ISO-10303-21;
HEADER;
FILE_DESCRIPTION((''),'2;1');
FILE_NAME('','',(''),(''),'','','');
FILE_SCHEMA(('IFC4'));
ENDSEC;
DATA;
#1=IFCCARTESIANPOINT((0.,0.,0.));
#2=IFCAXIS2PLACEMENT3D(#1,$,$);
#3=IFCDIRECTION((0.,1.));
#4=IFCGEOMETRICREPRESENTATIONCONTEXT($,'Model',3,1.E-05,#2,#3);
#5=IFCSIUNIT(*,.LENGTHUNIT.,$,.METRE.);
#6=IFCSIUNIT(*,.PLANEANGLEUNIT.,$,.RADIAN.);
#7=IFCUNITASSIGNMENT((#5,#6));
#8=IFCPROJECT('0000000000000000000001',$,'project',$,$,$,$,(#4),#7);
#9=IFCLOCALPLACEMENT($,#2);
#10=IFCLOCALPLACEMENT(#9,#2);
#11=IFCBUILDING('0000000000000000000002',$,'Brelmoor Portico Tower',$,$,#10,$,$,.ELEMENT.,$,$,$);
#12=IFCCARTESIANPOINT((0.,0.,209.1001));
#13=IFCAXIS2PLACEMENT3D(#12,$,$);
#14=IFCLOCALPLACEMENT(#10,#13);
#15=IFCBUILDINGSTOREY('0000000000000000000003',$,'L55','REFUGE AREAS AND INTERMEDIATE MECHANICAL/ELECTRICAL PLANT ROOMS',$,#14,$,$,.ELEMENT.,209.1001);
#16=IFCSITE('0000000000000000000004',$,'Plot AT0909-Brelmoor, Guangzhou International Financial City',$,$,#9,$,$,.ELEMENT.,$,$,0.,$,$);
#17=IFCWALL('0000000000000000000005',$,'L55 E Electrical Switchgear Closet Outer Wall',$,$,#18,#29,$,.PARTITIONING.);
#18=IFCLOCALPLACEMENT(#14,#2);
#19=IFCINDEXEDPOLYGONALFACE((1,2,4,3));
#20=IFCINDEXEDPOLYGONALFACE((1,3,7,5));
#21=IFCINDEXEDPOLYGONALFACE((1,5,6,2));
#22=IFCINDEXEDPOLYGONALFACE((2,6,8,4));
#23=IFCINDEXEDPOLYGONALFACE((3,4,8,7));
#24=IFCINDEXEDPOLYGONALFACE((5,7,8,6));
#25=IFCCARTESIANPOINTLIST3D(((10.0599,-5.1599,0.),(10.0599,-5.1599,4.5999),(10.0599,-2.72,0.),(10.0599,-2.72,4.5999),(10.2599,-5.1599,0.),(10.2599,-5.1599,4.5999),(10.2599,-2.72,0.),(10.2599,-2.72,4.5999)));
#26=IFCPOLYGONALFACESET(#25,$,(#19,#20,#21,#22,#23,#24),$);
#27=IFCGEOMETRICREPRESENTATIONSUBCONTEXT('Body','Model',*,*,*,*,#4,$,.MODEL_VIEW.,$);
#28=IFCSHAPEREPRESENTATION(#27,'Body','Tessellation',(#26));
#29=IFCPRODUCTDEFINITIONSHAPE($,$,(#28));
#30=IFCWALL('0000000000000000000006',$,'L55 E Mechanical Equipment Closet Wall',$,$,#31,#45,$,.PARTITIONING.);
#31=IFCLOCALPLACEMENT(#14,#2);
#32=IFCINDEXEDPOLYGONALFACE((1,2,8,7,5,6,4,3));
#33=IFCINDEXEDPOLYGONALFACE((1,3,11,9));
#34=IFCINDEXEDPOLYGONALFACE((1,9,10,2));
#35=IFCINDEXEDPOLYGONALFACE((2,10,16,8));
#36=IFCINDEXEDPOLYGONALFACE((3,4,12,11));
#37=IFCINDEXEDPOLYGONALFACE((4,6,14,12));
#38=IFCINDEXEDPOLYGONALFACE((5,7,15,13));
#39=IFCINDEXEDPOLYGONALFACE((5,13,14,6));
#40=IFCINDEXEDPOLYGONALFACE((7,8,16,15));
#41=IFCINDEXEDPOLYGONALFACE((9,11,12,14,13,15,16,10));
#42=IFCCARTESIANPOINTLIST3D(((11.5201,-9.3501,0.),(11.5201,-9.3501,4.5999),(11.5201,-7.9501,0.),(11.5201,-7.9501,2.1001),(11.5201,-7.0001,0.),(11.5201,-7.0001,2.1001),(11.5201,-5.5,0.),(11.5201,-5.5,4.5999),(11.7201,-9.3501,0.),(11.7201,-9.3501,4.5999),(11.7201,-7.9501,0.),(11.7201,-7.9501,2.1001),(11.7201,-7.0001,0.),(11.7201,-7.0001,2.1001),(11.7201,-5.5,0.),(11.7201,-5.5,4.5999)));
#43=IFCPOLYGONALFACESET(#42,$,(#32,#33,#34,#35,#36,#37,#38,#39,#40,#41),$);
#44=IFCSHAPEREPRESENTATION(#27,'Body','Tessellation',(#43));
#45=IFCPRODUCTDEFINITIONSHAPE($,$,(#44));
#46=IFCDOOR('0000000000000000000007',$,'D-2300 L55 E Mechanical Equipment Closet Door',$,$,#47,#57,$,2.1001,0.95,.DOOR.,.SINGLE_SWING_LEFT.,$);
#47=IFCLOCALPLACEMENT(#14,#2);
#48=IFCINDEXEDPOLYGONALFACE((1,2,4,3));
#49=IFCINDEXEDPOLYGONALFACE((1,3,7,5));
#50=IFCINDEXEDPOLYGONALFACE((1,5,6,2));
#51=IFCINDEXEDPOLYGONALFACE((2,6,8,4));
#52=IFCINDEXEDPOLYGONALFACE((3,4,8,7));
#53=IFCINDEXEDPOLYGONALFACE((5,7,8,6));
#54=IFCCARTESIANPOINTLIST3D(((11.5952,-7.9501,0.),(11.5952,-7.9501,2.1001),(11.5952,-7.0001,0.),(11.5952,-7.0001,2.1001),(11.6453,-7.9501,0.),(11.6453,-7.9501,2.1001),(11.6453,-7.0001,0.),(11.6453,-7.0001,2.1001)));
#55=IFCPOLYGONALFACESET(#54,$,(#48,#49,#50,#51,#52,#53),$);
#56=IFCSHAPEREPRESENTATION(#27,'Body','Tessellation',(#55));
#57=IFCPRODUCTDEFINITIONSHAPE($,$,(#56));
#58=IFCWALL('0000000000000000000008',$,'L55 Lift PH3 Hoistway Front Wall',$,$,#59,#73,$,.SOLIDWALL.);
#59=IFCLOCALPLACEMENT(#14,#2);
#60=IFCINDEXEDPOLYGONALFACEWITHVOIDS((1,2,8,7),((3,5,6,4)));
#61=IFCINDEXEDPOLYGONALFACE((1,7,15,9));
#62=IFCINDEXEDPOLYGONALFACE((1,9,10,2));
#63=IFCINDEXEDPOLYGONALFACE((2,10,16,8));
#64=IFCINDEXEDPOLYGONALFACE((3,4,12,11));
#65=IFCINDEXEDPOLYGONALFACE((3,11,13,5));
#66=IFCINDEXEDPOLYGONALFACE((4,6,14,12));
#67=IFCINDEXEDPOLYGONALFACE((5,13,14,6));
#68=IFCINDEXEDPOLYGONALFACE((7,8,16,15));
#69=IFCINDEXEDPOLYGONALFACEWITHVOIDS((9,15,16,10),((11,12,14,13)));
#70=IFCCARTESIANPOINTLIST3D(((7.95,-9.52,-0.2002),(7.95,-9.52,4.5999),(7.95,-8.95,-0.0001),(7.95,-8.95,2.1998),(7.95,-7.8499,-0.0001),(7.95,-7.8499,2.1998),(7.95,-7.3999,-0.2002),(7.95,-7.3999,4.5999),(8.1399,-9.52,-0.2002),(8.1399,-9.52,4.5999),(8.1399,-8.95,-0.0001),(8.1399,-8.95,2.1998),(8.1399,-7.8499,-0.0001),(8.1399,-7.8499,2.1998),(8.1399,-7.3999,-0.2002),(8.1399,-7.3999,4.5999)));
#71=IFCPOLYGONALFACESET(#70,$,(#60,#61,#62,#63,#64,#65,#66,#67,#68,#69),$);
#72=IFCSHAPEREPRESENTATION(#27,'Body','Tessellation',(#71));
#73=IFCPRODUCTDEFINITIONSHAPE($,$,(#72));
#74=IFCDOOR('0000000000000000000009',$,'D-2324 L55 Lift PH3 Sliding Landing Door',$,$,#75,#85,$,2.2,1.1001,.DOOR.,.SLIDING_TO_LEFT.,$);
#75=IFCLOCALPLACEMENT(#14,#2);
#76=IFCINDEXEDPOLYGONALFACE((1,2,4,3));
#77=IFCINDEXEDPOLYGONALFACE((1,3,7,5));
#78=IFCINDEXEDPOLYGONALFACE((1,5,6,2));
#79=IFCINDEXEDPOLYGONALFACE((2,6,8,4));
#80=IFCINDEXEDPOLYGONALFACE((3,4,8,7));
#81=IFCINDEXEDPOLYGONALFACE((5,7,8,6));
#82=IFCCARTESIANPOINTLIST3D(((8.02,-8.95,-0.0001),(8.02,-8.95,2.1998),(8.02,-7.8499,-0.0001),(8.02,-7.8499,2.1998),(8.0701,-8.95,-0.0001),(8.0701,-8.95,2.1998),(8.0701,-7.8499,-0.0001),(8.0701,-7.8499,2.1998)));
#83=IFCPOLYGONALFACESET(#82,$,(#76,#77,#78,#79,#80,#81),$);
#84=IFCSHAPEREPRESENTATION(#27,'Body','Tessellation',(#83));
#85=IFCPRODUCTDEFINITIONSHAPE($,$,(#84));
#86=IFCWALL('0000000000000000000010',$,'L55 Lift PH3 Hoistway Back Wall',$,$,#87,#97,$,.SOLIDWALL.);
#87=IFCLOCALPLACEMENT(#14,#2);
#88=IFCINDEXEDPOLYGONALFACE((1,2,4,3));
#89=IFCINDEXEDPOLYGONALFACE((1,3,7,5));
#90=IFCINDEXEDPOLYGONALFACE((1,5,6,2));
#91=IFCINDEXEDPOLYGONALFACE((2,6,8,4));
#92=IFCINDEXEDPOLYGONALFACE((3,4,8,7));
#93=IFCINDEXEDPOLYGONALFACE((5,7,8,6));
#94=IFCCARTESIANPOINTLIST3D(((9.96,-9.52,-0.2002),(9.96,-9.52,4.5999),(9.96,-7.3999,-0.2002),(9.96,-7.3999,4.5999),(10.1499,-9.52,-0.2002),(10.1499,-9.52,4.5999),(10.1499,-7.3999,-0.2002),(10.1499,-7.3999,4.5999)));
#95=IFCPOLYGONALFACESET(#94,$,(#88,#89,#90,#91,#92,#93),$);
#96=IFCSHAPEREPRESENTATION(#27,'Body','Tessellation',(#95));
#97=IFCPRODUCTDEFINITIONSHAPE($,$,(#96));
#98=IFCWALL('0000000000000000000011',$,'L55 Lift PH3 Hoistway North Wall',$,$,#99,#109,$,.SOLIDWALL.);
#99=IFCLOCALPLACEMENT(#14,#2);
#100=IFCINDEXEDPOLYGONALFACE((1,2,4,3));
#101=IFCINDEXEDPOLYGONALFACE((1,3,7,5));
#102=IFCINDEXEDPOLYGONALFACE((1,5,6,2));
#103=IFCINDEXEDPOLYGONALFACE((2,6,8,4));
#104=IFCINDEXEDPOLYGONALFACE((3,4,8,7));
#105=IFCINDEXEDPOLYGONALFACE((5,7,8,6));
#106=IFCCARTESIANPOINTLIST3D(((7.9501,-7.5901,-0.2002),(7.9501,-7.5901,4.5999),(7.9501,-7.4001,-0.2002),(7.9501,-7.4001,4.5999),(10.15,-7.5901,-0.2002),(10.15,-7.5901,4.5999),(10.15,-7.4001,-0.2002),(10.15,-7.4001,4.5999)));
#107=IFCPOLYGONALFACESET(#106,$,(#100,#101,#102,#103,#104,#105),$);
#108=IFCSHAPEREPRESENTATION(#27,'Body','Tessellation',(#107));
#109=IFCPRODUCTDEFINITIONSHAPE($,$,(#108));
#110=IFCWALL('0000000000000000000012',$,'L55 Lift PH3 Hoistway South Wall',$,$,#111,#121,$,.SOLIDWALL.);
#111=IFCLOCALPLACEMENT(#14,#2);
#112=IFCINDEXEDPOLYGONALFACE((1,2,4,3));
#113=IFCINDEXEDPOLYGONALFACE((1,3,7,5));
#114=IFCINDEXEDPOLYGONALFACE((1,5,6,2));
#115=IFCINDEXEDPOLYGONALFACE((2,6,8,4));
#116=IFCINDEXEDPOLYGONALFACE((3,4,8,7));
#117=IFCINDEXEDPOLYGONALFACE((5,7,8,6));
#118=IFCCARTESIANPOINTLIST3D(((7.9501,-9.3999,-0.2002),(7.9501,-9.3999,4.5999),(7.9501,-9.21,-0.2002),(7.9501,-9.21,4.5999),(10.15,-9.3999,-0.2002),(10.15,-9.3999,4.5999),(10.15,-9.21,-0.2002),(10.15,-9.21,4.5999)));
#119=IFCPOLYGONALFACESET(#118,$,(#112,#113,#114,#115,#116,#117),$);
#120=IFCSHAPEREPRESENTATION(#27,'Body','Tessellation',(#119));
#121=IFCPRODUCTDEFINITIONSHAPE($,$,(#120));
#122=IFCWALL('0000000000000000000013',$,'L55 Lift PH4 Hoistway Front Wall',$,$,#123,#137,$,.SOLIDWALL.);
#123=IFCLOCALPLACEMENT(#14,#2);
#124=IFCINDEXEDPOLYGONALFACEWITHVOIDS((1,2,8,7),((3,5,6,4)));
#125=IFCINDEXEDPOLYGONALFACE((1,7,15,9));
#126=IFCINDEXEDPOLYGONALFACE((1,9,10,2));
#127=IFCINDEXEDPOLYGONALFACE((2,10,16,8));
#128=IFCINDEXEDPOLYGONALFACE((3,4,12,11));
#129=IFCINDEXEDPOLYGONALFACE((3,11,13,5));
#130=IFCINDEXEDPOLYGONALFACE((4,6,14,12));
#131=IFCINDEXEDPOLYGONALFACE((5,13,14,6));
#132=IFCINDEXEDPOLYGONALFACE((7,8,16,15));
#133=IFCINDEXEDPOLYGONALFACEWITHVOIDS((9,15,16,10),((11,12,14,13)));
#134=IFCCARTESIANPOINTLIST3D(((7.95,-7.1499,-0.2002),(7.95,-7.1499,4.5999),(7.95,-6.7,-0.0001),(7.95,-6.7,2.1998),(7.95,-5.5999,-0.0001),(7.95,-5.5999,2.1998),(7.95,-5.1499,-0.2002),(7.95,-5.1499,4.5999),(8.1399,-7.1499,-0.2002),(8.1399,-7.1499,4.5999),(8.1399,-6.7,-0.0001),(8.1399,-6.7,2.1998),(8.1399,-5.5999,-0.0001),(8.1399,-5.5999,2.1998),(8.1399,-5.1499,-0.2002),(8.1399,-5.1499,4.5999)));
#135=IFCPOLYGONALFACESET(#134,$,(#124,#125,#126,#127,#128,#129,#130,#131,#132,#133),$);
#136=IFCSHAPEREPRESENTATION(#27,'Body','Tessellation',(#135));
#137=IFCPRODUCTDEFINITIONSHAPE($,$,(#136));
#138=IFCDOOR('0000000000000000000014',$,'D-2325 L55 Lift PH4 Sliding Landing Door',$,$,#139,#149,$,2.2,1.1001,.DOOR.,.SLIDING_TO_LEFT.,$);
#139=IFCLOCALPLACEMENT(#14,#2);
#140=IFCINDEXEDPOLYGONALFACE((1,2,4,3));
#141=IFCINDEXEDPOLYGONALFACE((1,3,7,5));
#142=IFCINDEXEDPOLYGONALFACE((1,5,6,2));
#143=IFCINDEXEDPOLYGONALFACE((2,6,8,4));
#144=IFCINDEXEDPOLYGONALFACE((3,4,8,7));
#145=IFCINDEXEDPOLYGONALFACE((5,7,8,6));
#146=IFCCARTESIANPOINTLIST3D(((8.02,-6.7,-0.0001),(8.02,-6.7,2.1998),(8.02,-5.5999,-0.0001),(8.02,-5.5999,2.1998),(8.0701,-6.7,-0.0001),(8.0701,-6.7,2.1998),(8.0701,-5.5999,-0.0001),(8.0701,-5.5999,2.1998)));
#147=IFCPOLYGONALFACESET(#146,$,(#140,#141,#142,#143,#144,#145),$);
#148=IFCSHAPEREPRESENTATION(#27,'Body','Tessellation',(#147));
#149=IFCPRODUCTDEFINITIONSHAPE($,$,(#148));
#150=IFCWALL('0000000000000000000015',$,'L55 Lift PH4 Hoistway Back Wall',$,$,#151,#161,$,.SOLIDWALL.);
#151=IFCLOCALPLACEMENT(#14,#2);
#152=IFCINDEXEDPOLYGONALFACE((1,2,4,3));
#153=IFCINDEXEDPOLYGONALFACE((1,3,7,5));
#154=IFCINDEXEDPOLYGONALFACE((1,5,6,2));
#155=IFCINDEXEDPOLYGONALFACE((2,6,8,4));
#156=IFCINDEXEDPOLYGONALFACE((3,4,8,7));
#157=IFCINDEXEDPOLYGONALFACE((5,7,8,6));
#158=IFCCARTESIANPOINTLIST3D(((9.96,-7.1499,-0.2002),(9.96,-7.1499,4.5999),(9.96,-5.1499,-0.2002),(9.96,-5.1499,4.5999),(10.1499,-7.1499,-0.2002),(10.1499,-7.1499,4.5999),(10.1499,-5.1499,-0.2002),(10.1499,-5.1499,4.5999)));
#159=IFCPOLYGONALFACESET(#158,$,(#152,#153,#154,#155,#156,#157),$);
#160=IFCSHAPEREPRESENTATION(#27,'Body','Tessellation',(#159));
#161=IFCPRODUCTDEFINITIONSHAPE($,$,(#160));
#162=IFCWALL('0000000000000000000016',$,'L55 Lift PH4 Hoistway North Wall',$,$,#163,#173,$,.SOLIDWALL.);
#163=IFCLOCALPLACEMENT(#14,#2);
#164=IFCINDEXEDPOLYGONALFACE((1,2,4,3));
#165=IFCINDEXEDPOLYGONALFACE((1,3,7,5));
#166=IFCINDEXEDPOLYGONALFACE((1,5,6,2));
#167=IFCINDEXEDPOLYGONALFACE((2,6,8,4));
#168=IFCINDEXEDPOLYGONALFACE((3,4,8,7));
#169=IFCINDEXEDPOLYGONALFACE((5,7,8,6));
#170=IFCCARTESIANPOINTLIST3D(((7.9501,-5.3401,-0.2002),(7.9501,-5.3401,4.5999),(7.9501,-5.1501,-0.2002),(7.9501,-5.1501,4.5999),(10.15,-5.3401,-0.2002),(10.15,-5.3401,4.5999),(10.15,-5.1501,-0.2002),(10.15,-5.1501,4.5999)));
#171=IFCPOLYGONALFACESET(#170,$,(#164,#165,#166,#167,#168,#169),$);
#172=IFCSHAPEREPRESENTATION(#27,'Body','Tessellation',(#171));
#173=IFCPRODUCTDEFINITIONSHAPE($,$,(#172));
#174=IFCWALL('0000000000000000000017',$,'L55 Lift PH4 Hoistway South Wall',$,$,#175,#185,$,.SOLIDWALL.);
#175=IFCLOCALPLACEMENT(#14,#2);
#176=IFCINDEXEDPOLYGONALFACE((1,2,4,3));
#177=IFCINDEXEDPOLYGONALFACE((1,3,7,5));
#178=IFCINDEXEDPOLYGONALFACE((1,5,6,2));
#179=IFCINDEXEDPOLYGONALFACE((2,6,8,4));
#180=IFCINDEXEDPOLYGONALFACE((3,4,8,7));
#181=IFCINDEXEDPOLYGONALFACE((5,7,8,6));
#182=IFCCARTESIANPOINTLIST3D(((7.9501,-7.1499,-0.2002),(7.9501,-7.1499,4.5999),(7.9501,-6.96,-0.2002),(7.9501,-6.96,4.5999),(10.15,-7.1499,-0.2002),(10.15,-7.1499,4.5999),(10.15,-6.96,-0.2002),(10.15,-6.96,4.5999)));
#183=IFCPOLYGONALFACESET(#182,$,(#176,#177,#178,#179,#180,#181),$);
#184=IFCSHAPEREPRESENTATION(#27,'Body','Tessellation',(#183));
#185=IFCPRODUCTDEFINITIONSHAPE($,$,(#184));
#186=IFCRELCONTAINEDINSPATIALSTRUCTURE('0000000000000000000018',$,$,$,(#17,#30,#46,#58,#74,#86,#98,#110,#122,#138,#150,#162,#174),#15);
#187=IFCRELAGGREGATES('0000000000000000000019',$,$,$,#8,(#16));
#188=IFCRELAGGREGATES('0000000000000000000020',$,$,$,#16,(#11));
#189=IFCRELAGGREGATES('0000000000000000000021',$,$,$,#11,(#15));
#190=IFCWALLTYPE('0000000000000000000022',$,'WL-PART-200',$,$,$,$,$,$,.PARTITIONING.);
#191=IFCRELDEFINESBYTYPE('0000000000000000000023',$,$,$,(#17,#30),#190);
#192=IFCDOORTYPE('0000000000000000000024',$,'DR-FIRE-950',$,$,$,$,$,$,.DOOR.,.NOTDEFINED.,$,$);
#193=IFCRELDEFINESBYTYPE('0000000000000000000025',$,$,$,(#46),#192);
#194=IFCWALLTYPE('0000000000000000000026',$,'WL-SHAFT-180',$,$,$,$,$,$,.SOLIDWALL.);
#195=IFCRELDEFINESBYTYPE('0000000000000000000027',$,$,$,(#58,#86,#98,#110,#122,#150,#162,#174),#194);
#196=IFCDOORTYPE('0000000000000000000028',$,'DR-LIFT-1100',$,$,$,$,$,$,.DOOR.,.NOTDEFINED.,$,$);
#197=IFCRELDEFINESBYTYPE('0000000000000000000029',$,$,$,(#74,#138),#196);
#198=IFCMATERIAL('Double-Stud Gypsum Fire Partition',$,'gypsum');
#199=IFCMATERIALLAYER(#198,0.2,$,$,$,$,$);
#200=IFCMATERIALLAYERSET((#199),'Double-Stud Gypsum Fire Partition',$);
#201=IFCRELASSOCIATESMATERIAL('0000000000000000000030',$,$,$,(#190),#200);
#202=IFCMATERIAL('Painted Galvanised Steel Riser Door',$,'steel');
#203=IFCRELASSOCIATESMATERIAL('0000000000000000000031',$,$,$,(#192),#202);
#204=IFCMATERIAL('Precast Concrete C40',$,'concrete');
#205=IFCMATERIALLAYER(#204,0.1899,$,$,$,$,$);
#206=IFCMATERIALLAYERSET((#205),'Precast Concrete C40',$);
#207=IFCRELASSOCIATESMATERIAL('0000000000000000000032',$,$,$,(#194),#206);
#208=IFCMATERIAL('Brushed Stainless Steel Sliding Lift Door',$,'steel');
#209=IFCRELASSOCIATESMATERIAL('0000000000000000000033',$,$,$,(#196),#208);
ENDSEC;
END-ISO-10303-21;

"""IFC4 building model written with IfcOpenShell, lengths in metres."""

from ifc_helpers import new_model, si_unit, direction, frame, frame_2d, origin, place, context, subcontext, project, spatial, rectangle, extrude, material, layer, layer_set, type_object, element, fill, save


model = new_model("IFC4")

# Units and contexts
model_context = context("Model", 3, precision=1e-05, world=origin(), true_north=direction((0.0, 1.0)))
body_context = subcontext(model_context, "Body", "Model", "MODEL_VIEW")
ifc_project = project(units=[si_unit("LENGTHUNIT", "METRE"), si_unit("PLANEANGLEUNIT", "RADIAN")], contexts=[model_context])

# Site, building, storey
site_placement = place(None, origin())
site = spatial("IfcSite", under=ifc_project, at=site_placement, Name="Plot AT0909-Brelmoor, Guangzhou International Financial City", CompositionType="ELEMENT", RefElevation=0.0)
building_placement = place(site_placement, origin())
building = spatial("IfcBuilding", under=site, at=building_placement, Name="Brelmoor Portico Tower", CompositionType="ELEMENT")
storey_placement = place(building_placement, frame((0.0, 0.0, 209.1001)))
storey = spatial("IfcBuildingStorey", under=building, at=storey_placement, Name="L55", Description="REFUGE AREAS AND INTERMEDIATE MECHANICAL/ELECTRICAL PLANT ROOMS", CompositionType="ELEMENT", Elevation=209.1001)

# Shared definitions
ifc_material_1 = material(Name="Double-Stud Gypsum Fire Partition", Category="gypsum")
ifc_layer_1 = layer(ifc_material_1, 0.2)
ifc_layer_set_1 = layer_set([ifc_layer_1], Name="Double-Stud Gypsum Fire Partition")
wall_type_1 = type_object("IfcWallType", Name="WL-PART-200", PredefinedType="PARTITIONING", material=ifc_layer_set_1)

# Shared definitions
ifc_material_2 = material(Name="Painted Galvanised Steel Riser Door", Category="steel")
door_type_1 = type_object("IfcDoorType", Name="DR-FIRE-950", OperationType="NOTDEFINED", PredefinedType="DOOR", material=ifc_material_2)

# Wall
for number, where, z_axis, x_axis, name in (
    (1, (10.1599, -5.1599, 0.0), (0.0, 0.0, 1.0), (0.0, 1.0, 0.0), "L55 E Electrical Switchgear Closet Outer Wall"),
):
    element("IfcWall", number, at=place(storey_placement, frame(where, z_axis=z_axis, x_axis=x_axis)), inside=storey, type_object=wall_type_1, Name=name, PredefinedType="PARTITIONING", context=body_context, shape_type="SweptSolid", body=[
        extrude(rectangle(XDim=2.4399, YDim=0.2, at=frame_2d((1.22, 0.0))), origin(), (0.0, 0.0, 1.0), 4.5999),
    ])

# Walls, openings, doors
wall_1_placement = place(storey_placement, frame((11.6201, -9.3501, 0.0), z_axis=(0.0, 0.0, 1.0), x_axis=(0.0, 1.0, 0.0)))
wall_1 = element("IfcWall", 2, at=wall_1_placement, inside=storey, type_object=wall_type_1, Name="L55 E Mechanical Equipment Closet Wall", PredefinedType="PARTITIONING", context=body_context, shape_type="SweptSolid", body=[
    extrude(rectangle(XDim=3.8501, YDim=0.2, at=frame_2d((1.925, 0.0))), origin(), (0.0, 0.0, 1.0), 4.5999),
])
opening_1_placement = place(wall_1_placement, frame((1.3999, 0.0, 0.0)))
opening_1 = element("IfcOpeningElement", 3, at=opening_1_placement, cuts=wall_1, PredefinedType="OPENING", context=body_context, shape_type="SweptSolid", body=[
    extrude(rectangle(XDim=0.95, YDim=2.1001, at=frame_2d((0.4751, 1.05))), frame((0.0, 0.1099, 0.0), z_axis=(0.0, -1.0, 0.0), x_axis=(1.0, 0.0, 0.0)), (0.0, 0.0, 1.0), 0.22),
])
door_1_placement = place(opening_1_placement, origin())
door_1 = element("IfcDoor", 4, at=door_1_placement, inside=storey, type_object=door_type_1, Name="D-2300 L55 E Mechanical Equipment Closet Door", OperationType="SINGLE_SWING_LEFT", OverallHeight=2.1001, OverallWidth=0.95, PredefinedType="DOOR", context=body_context, shape_type="SweptSolid", body=[
    extrude(rectangle(XDim=0.95, YDim=2.1001, at=frame_2d((0.4751, 1.05))), frame((0.0, 0.0249, 0.0), z_axis=(0.0, -1.0, 0.0), x_axis=(1.0, 0.0, 0.0)), (0.0, 0.0, 1.0), 0.05),
])
fill(opening_1, door_1)
ifc_material_3 = material(Name="Precast Concrete C40", Category="concrete")
ifc_layer_2 = layer(ifc_material_3, 0.1899)
ifc_layer_set_2 = layer_set([ifc_layer_2], Name="Precast Concrete C40")
wall_type_2 = type_object("IfcWallType", Name="WL-SHAFT-180", PredefinedType="SOLIDWALL", material=ifc_layer_set_2)
wall_2_placement = place(storey_placement, frame((8.0449, -9.52, -0.2002), z_axis=(0.0, 0.0, 1.0), x_axis=(0.0, 1.0, 0.0)))
wall_2 = element("IfcWall", 5, at=wall_2_placement, inside=storey, type_object=wall_type_2, Name="L55 Lift PH3 Hoistway Front Wall", PredefinedType="SOLIDWALL", context=body_context, shape_type="SweptSolid", body=[
    extrude(rectangle(XDim=2.1201, YDim=0.1899, at=frame_2d((1.0601, 0.0))), origin(), (0.0, 0.0, 1.0), 4.8),
])
opening_2_placement = place(wall_2_placement, frame((0.5701, 0.0, 0.2)))
opening_2 = element("IfcOpeningElement", 6, at=opening_2_placement, cuts=wall_2, PredefinedType="OPENING", context=body_context, shape_type="SweptSolid", body=[
    extrude(rectangle(XDim=1.1001, YDim=2.2, at=frame_2d((0.55, 1.1001))), frame((0.0, 0.105, 0.0), z_axis=(0.0, -1.0, 0.0), x_axis=(1.0, 0.0, 0.0)), (0.0, 0.0, 1.0), 0.21),
])
ifc_material_4 = material(Name="Brushed Stainless Steel Sliding Lift Door", Category="steel")
door_type_2 = type_object("IfcDoorType", Name="DR-LIFT-1100", OperationType="NOTDEFINED", PredefinedType="DOOR", material=ifc_material_4)
door_2_placement = place(opening_2_placement, origin())
door_2 = element("IfcDoor", 7, at=door_2_placement, inside=storey, type_object=door_type_2, Name="D-2324 L55 Lift PH3 Sliding Landing Door", OperationType="SLIDING_TO_LEFT", OverallHeight=2.2, OverallWidth=1.1001, PredefinedType="DOOR", context=body_context, shape_type="SweptSolid", body=[
    extrude(rectangle(XDim=1.1001, YDim=2.2, at=frame_2d((0.55, 1.1001))), frame((0.0, 0.0249, 0.0), z_axis=(0.0, -1.0, 0.0), x_axis=(1.0, 0.0, 0.0)), (0.0, 0.0, 1.0), 0.05),
])
fill(opening_2, door_2)

# Walls
wall_3_placement = place(storey_placement, frame((10.0549, -9.52, -0.2002), z_axis=(0.0, 0.0, 1.0), x_axis=(0.0, 1.0, 0.0)))
element("IfcWall", 8, at=wall_3_placement, inside=storey, type_object=wall_type_2, Name="L55 Lift PH3 Hoistway Back Wall", PredefinedType="SOLIDWALL", context=body_context, shape_type="SweptSolid", body=[
    extrude(rectangle(XDim=2.1201, YDim=0.1899, at=frame_2d((1.0601, 0.0))), origin(), (0.0, 0.0, 1.0), 4.8),
])
for number, where, z_axis, x_axis, name in (
    (9, (7.95, -7.4951, -0.2002), (0.0, 0.0, 1.0), (1.0, 0.0, 0.0), "L55 Lift PH3 Hoistway North Wall"),
    (10, (7.95, -9.3049, -0.2002), (0.0, 0.0, 1.0), (1.0, 0.0, 0.0), "L55 Lift PH3 Hoistway South Wall"),
):
    element("IfcWall", number, at=place(storey_placement, frame(where, z_axis=z_axis, x_axis=x_axis)), inside=storey, type_object=wall_type_2, Name=name, PredefinedType="SOLIDWALL", context=body_context, shape_type="SweptSolid", body=[
        extrude(rectangle(XDim=2.2, YDim=0.1899, at=frame_2d((1.1001, 0.0))), origin(), (0.0, 0.0, 1.0), 4.8),
    ])

# Wall, opening, door
wall_4_placement = place(storey_placement, frame((8.0449, -7.1499, -0.2002), z_axis=(0.0, 0.0, 1.0), x_axis=(0.0, 1.0, 0.0)))
wall_4 = element("IfcWall", 11, at=wall_4_placement, inside=storey, type_object=wall_type_2, Name="L55 Lift PH4 Hoistway Front Wall", PredefinedType="SOLIDWALL", context=body_context, shape_type="SweptSolid", body=[
    extrude(rectangle(XDim=2.0, YDim=0.1899, at=frame_2d((1.0, 0.0))), origin(), (0.0, 0.0, 1.0), 4.8),
])
opening_3_placement = place(wall_4_placement, frame((0.45, 0.0, 0.2)))
opening_3 = element("IfcOpeningElement", 12, at=opening_3_placement, cuts=wall_4, PredefinedType="OPENING", context=body_context, shape_type="SweptSolid", body=[
    extrude(rectangle(XDim=1.1001, YDim=2.2, at=frame_2d((0.55, 1.1001))), frame((0.0, 0.105, 0.0), z_axis=(0.0, -1.0, 0.0), x_axis=(1.0, 0.0, 0.0)), (0.0, 0.0, 1.0), 0.21),
])
door_3_placement = place(opening_3_placement, origin())
door_3 = element("IfcDoor", 13, at=door_3_placement, inside=storey, type_object=door_type_2, Name="D-2325 L55 Lift PH4 Sliding Landing Door", OperationType="SLIDING_TO_LEFT", OverallHeight=2.2, OverallWidth=1.1001, PredefinedType="DOOR", context=body_context, shape_type="SweptSolid", body=[
    extrude(rectangle(XDim=1.1001, YDim=2.2, at=frame_2d((0.55, 1.1001))), frame((0.0, 0.0249, 0.0), z_axis=(0.0, -1.0, 0.0), x_axis=(1.0, 0.0, 0.0)), (0.0, 0.0, 1.0), 0.05),
])
fill(opening_3, door_3)

# Walls
wall_5_placement = place(storey_placement, frame((10.0549, -7.1499, -0.2002), z_axis=(0.0, 0.0, 1.0), x_axis=(0.0, 1.0, 0.0)))
element("IfcWall", 14, at=wall_5_placement, inside=storey, type_object=wall_type_2, Name="L55 Lift PH4 Hoistway Back Wall", PredefinedType="SOLIDWALL", context=body_context, shape_type="SweptSolid", body=[
    extrude(rectangle(XDim=2.0, YDim=0.1899, at=frame_2d((1.0, 0.0))), origin(), (0.0, 0.0, 1.0), 4.8),
])
for number, where, z_axis, x_axis, name in (
    (15, (7.95, -5.2451, -0.2002), (0.0, 0.0, 1.0), (1.0, 0.0, 0.0), "L55 Lift PH4 Hoistway North Wall"),
    (16, (7.95, -7.0549, -0.2002), (0.0, 0.0, 1.0), (1.0, 0.0, 0.0), "L55 Lift PH4 Hoistway South Wall"),
):
    element("IfcWall", number, at=place(storey_placement, frame(where, z_axis=z_axis, x_axis=x_axis)), inside=storey, type_object=wall_type_2, Name=name, PredefinedType="SOLIDWALL", context=body_context, shape_type="SweptSolid", body=[
        extrude(rectangle(XDim=2.2, YDim=0.1899, at=frame_2d((1.1001, 0.0))), origin(), (0.0, 0.0, 1.0), 4.8),
    ])

save(model, "model.ifc")
